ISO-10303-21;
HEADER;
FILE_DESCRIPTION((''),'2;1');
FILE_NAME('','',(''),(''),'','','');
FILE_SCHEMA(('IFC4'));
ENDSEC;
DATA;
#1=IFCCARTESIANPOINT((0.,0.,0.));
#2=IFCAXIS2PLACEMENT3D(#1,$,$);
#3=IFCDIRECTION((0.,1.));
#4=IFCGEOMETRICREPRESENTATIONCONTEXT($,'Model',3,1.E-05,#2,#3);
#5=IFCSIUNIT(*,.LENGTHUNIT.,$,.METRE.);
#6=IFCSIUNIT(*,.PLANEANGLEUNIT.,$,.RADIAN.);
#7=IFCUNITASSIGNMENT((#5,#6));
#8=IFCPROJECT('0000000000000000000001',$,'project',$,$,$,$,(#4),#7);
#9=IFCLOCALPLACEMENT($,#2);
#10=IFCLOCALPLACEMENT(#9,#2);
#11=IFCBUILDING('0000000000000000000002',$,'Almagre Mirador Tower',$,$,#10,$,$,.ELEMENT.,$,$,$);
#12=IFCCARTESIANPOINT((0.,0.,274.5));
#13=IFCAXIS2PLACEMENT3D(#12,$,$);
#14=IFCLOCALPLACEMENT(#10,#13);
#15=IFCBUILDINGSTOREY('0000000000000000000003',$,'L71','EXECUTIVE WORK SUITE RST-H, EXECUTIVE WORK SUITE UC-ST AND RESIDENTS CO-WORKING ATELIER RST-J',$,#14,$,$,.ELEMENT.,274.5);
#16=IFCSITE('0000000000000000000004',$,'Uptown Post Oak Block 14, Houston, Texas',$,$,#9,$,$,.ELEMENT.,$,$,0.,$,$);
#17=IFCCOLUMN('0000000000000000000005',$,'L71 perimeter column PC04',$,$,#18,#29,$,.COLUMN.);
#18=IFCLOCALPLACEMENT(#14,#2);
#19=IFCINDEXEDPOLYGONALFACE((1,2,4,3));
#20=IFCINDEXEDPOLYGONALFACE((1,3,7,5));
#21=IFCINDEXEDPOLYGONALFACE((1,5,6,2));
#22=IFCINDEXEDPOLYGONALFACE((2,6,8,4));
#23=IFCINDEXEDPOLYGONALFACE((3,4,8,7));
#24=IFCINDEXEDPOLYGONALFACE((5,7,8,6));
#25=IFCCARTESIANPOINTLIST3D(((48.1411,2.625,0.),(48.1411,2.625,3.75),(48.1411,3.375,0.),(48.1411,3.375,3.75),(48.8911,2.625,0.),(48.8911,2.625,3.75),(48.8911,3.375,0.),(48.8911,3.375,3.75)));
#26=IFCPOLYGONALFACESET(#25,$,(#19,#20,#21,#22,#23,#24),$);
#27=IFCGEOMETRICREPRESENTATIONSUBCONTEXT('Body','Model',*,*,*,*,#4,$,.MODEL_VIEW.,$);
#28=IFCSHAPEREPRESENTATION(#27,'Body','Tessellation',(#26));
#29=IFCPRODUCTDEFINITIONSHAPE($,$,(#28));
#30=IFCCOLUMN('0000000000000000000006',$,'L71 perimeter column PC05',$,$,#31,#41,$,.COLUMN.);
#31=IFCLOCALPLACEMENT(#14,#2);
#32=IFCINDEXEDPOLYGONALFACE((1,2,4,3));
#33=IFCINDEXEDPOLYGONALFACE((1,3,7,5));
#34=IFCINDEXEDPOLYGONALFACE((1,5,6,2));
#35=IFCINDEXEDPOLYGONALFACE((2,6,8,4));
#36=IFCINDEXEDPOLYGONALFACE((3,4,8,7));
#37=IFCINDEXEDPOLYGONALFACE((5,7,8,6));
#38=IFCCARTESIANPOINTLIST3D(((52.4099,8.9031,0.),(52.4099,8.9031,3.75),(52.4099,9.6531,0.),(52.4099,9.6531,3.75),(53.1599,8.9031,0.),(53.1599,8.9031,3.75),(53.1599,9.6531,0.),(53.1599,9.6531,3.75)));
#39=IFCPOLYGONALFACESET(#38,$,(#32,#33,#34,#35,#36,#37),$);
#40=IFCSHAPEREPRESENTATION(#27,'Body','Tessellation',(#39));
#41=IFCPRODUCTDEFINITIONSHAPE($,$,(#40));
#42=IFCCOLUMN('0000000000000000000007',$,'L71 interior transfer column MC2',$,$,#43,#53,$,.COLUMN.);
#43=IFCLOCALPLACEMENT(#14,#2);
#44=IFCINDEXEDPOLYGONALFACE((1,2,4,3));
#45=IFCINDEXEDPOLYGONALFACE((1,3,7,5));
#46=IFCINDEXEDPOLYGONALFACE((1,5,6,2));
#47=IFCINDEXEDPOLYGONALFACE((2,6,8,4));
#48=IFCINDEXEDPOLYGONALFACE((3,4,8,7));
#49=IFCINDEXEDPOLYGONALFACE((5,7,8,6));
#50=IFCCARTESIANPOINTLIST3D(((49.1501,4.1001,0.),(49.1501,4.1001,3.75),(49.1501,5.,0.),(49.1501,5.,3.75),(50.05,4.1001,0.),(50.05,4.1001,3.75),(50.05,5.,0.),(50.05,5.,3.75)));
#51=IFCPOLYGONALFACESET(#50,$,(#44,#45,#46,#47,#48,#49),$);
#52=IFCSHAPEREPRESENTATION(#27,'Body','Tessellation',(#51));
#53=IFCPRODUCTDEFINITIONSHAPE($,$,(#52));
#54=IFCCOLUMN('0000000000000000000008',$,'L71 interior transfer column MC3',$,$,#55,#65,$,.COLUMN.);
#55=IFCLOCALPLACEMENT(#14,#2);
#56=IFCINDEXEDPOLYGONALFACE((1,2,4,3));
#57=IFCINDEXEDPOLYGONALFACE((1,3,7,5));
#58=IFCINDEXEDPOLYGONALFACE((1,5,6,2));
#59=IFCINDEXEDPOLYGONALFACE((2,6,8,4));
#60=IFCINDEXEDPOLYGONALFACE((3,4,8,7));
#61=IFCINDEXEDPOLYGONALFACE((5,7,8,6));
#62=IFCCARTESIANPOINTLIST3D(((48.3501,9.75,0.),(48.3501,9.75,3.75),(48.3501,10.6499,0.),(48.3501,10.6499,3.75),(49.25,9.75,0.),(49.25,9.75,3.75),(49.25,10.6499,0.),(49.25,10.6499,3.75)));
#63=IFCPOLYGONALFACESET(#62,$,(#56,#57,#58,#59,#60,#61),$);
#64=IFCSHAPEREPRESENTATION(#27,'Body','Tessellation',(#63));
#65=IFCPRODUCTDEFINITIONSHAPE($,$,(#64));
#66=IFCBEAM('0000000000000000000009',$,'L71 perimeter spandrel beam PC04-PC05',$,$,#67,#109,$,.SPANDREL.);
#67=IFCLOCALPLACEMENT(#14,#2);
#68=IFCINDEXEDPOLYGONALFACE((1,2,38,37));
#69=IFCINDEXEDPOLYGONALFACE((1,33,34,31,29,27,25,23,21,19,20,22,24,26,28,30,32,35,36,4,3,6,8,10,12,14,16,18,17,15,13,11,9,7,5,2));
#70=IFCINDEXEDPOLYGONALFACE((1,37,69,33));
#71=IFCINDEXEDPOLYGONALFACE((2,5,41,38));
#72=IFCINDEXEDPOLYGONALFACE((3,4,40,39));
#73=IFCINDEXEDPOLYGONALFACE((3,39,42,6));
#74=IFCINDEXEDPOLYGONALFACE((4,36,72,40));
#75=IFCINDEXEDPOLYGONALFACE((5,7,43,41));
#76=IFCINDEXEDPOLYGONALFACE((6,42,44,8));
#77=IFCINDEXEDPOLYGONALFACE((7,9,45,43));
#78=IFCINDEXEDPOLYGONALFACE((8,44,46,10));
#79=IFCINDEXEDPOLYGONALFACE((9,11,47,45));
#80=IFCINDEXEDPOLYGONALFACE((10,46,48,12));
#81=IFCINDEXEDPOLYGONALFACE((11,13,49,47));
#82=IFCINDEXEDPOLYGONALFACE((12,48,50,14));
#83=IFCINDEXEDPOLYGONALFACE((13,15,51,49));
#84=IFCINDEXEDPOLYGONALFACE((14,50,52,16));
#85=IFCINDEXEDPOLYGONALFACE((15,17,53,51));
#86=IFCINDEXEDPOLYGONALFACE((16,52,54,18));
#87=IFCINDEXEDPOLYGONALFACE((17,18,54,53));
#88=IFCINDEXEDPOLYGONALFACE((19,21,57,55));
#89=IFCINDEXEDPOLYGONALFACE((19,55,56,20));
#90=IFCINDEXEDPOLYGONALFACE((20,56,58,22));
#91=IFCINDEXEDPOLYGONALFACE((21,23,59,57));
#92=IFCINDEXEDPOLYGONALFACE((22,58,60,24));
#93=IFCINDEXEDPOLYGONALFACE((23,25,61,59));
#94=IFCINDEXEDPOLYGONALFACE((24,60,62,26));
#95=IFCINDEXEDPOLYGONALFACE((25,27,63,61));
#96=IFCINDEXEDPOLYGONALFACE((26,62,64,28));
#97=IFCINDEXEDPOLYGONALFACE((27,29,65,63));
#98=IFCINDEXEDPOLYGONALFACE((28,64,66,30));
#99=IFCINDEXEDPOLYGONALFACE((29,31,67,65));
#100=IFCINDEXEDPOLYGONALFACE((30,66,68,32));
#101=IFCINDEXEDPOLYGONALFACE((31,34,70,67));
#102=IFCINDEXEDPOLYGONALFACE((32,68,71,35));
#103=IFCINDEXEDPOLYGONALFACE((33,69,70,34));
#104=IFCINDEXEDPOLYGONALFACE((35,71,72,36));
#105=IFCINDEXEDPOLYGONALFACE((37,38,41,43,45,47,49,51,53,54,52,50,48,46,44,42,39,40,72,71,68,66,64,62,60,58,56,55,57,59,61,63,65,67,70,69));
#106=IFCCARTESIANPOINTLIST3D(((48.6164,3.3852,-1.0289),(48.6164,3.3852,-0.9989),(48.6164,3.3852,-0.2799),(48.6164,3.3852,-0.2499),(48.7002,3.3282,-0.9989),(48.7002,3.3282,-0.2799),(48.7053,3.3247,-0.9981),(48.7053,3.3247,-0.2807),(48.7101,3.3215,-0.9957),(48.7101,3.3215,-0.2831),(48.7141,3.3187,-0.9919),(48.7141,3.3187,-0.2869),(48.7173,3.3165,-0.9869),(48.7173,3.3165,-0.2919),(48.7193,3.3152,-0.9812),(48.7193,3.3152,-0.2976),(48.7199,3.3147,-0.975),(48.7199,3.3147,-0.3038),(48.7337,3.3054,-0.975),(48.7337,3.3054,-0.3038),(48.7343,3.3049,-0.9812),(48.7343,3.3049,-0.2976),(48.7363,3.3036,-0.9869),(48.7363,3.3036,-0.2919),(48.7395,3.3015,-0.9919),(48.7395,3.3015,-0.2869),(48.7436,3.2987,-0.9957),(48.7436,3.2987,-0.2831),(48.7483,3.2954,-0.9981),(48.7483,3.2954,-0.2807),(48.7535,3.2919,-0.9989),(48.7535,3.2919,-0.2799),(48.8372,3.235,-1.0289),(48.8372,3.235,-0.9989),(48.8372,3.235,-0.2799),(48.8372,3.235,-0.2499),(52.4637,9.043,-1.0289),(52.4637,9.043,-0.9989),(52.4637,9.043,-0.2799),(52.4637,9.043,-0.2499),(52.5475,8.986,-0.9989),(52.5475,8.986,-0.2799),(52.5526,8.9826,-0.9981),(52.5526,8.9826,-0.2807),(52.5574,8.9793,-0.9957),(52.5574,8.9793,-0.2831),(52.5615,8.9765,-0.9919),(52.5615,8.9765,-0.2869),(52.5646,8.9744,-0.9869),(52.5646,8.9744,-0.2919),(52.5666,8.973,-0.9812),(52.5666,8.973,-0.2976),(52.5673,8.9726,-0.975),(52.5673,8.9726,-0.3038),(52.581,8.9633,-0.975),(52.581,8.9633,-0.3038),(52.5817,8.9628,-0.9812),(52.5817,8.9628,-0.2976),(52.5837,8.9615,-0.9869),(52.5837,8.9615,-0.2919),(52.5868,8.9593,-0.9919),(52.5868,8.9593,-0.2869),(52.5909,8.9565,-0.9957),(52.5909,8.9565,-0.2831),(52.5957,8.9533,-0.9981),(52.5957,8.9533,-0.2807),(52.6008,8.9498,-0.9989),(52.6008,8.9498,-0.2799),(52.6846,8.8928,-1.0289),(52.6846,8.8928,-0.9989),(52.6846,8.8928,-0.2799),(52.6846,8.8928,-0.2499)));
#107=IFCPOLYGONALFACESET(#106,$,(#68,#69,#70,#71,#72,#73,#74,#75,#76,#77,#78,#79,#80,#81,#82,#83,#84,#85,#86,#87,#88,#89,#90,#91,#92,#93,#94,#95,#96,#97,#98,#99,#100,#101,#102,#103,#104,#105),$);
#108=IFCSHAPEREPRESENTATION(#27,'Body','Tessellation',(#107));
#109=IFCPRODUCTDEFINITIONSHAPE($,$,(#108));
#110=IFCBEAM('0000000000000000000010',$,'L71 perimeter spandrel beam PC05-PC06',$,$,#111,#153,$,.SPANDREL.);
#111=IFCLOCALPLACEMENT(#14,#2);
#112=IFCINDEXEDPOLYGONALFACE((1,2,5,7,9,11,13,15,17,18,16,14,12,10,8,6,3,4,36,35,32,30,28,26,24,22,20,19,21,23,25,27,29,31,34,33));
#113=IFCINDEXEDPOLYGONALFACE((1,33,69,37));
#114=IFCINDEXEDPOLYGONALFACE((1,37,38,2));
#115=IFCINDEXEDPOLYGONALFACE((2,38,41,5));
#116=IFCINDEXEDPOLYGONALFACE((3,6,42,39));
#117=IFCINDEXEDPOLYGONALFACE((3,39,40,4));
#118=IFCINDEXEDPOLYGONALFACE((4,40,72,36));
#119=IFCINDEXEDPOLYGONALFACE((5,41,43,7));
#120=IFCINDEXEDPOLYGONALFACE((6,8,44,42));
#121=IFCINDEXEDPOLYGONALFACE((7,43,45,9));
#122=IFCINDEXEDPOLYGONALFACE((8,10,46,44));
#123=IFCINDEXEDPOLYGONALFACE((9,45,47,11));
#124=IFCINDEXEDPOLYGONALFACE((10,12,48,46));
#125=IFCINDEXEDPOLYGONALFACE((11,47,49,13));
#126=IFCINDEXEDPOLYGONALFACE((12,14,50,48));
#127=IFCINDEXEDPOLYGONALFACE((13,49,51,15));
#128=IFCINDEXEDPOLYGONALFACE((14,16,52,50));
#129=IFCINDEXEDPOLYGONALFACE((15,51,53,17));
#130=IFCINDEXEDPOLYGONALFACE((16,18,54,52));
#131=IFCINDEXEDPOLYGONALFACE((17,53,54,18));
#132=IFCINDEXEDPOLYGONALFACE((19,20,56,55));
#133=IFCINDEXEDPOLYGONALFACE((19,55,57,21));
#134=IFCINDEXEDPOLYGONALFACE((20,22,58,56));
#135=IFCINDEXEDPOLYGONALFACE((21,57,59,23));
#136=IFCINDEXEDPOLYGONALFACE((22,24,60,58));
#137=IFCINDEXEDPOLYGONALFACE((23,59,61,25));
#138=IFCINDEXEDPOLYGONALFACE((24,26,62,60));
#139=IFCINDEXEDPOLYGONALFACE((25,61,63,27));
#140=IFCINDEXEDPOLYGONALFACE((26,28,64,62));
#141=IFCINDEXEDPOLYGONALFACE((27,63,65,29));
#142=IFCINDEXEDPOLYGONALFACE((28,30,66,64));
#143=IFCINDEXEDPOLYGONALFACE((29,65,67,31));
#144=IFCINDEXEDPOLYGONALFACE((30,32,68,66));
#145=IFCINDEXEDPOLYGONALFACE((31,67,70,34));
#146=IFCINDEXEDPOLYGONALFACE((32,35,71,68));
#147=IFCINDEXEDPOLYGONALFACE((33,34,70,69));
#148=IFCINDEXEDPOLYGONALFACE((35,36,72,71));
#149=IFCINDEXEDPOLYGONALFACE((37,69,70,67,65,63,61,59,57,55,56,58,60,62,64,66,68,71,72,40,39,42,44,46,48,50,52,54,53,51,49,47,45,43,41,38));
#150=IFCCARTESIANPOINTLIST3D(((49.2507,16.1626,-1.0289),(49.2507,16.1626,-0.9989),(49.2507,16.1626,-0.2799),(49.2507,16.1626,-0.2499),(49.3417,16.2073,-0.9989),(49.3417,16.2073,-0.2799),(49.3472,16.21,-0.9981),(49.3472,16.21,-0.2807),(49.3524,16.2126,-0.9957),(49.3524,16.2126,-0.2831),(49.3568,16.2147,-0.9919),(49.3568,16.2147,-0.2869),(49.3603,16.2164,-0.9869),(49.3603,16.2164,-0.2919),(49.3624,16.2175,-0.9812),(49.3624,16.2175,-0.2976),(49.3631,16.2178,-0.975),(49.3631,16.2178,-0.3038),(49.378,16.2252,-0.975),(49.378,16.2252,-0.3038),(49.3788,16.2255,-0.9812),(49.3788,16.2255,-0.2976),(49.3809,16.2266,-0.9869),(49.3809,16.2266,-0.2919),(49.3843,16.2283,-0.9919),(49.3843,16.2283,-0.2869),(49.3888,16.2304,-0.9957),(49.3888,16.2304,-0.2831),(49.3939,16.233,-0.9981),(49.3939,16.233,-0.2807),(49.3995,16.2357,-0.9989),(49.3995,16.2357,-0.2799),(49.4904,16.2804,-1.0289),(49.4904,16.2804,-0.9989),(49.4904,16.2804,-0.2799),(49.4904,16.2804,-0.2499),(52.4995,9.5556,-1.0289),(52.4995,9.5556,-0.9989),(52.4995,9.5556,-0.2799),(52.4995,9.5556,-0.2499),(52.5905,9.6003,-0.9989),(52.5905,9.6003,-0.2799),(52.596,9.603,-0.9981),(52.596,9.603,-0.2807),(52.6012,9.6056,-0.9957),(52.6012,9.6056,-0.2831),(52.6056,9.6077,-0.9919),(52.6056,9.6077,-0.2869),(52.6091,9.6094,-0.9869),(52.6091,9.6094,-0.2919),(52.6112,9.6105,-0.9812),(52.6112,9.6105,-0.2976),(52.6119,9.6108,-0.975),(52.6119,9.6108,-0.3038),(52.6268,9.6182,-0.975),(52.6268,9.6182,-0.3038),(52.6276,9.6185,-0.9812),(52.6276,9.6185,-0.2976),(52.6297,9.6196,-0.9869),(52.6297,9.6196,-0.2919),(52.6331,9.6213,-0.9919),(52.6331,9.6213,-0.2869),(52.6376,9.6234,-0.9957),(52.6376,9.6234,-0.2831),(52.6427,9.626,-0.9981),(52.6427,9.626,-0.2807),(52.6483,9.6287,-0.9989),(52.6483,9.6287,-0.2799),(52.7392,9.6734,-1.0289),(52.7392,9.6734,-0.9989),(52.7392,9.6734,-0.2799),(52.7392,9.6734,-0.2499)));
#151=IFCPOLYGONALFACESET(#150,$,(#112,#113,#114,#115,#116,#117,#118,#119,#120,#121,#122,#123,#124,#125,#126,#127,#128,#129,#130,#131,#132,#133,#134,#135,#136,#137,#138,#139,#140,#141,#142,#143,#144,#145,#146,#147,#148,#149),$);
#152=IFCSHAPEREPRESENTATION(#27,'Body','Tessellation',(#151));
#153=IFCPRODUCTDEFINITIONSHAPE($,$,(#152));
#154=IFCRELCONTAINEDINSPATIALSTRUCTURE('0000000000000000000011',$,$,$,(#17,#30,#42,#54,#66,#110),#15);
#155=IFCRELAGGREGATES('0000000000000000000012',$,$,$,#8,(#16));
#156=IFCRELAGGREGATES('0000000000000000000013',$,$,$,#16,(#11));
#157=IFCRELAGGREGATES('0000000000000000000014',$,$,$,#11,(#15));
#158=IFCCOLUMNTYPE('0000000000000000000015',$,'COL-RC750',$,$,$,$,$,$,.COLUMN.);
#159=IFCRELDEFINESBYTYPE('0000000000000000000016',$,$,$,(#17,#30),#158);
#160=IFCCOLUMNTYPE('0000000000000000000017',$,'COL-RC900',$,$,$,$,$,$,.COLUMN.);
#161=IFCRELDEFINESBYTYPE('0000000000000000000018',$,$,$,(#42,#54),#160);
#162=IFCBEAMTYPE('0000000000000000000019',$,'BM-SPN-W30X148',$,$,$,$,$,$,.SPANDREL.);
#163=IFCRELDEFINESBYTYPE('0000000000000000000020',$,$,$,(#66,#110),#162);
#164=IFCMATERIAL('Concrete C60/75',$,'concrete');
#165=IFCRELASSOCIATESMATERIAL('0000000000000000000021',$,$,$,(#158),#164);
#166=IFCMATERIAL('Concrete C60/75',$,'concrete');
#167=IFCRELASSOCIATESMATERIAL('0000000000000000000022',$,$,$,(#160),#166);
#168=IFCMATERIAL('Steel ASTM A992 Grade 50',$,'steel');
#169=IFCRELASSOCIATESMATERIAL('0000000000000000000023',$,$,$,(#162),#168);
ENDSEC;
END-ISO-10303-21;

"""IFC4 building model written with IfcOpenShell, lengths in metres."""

from ifc_helpers import new_model, si_unit, direction, frame, origin, origin_2d, place, context, subcontext, project, spatial, rectangle, i_section, extrude, material, material_profile, profile_set, type_object, element, save


model = new_model("IFC4")

# Units and contexts
model_context = context("Model", 3, precision=1e-05, world=origin(), true_north=direction((0.0, 1.0)))
body_context = subcontext(model_context, "Body", "Model", "MODEL_VIEW")
ifc_project = project(units=[si_unit("LENGTHUNIT", "METRE"), si_unit("PLANEANGLEUNIT", "RADIAN")], contexts=[model_context])

# Site, building, storey
site_placement = place(None, origin())
site = spatial("IfcSite", under=ifc_project, at=site_placement, Name="Uptown Post Oak Block 14, Houston, Texas", CompositionType="ELEMENT", RefElevation=0.0)
building_placement = place(site_placement, origin())
building = spatial("IfcBuilding", under=site, at=building_placement, Name="Almagre Mirador Tower", CompositionType="ELEMENT")
storey_placement = place(building_placement, frame((0.0, 0.0, 274.5)))
storey = spatial("IfcBuildingStorey", under=building, at=storey_placement, Name="L71", Description="EXECUTIVE WORK SUITE RST-H, EXECUTIVE WORK SUITE UC-ST AND RESIDENTS CO-WORKING ATELIER RST-J", CompositionType="ELEMENT", Elevation=274.5)

# Columns
ifc_material_1 = material(Name="Concrete C60/75", Category="concrete")
ifc_material_profile_1 = material_profile(ifc_material_1, rectangle(XDim=0.75, YDim=0.75, at=origin_2d()), Name="RC750X750")
ifc_profile_set_1 = profile_set([ifc_material_profile_1], Name="Concrete C60/75")
column_type_1 = type_object("IfcColumnType", Name="COL-RC750", PredefinedType="COLUMN", material=ifc_profile_set_1)
for number, where, z_axis, x_axis, name in (
    (1, (48.5161, 3.0, 0.0), (0.0, 0.0, 1.0), (1.0, 0.0, 0.0), "L71 perimeter column PC04"),
    (2, (52.7849, 9.2781, 0.0), (0.0, 0.0, 1.0), (1.0, 0.0, 0.0), "L71 perimeter column PC05"),
):
    element("IfcColumn", number, at=place(storey_placement, frame(where, z_axis=z_axis, x_axis=x_axis)), inside=storey, type_object=column_type_1, Name=name, PredefinedType="COLUMN", context=body_context, shape_type="SweptSolid", body=[
        extrude(rectangle(XDim=0.75, YDim=0.75, at=origin_2d()), origin(), (0.0, 0.0, 1.0), 3.75),
    ])
ifc_material_2 = material(Name="Concrete C60/75", Category="concrete")
ifc_material_profile_2 = material_profile(ifc_material_2, rectangle(XDim=0.8999, YDim=0.8999, at=origin_2d()), Name="RC900X900")
ifc_profile_set_2 = profile_set([ifc_material_profile_2], Name="Concrete C60/75")
column_type_2 = type_object("IfcColumnType", Name="COL-RC900", PredefinedType="COLUMN", material=ifc_profile_set_2)
for number, where, z_axis, x_axis, name in (
    (3, (49.6001, 4.55, 0.0), (0.0, 0.0, 1.0), (1.0, 0.0, 0.0), "L71 interior transfer column MC2"),
    (4, (48.8, 10.2, 0.0), (0.0, 0.0, 1.0), (1.0, 0.0, 0.0), "L71 interior transfer column MC3"),
):
    element("IfcColumn", number, at=place(storey_placement, frame(where, z_axis=z_axis, x_axis=x_axis)), inside=storey, type_object=column_type_2, Name=name, PredefinedType="COLUMN", context=body_context, shape_type="SweptSolid", body=[
        extrude(rectangle(XDim=0.8999, YDim=0.8999, at=origin_2d()), origin(), (0.0, 0.0, 1.0), 3.75),
    ])

# Beams
ifc_material_3 = material(Name="Steel ASTM A992 Grade 50", Category="steel")
ifc_material_profile_3 = material_profile(ifc_material_3, i_section(OverallWidth=0.2671, OverallDepth=0.7791, WebThickness=0.0166, FlangeThickness=0.03, FilletRadius=0.0239, at=origin_2d()), Name="W30X148")
ifc_profile_set_3 = profile_set([ifc_material_profile_3], Name="Steel ASTM A992 Grade 50")
beam_type_1 = type_object("IfcBeamType", Name="BM-SPN-W30X148", PredefinedType="SPANDREL", material=ifc_profile_set_3)
beam_1_placement = place(storey_placement, frame((48.7268, 3.3101, -0.6394), z_axis=(0.56231, 0.826927, 0.0), x_axis=(-0.826927, 0.56231, 0.0)))
element("IfcBeam", 5, at=beam_1_placement, inside=storey, type_object=beam_type_1, Name="L71 perimeter spandrel beam PC04-PC05", PredefinedType="SPANDREL", context=body_context, shape_type="SweptSolid", body=[
    extrude(i_section(OverallWidth=0.2671, OverallDepth=0.7791, WebThickness=0.0166, FlangeThickness=0.03, FilletRadius=0.0239, at=origin_2d()), origin(), (0.0, 0.0, 1.0), 6.842),
])
beam_2_placement = place(storey_placement, frame((52.6194, 9.6145, -0.6394), z_axis=(-0.441261, 0.897379, 0.0), x_axis=(-0.897379, -0.441261, 0.0)))
element("IfcBeam", 6, at=beam_2_placement, inside=storey, type_object=beam_type_1, Name="L71 perimeter spandrel beam PC05-PC06", PredefinedType="SPANDREL", context=body_context, shape_type="SweptSolid", body=[
    extrude(i_section(OverallWidth=0.2671, OverallDepth=0.7791, WebThickness=0.0166, FlangeThickness=0.03, FilletRadius=0.0239, at=origin_2d()), origin(), (0.0, 0.0, 1.0), 7.3625),
])

save(model, "model.ifc")
